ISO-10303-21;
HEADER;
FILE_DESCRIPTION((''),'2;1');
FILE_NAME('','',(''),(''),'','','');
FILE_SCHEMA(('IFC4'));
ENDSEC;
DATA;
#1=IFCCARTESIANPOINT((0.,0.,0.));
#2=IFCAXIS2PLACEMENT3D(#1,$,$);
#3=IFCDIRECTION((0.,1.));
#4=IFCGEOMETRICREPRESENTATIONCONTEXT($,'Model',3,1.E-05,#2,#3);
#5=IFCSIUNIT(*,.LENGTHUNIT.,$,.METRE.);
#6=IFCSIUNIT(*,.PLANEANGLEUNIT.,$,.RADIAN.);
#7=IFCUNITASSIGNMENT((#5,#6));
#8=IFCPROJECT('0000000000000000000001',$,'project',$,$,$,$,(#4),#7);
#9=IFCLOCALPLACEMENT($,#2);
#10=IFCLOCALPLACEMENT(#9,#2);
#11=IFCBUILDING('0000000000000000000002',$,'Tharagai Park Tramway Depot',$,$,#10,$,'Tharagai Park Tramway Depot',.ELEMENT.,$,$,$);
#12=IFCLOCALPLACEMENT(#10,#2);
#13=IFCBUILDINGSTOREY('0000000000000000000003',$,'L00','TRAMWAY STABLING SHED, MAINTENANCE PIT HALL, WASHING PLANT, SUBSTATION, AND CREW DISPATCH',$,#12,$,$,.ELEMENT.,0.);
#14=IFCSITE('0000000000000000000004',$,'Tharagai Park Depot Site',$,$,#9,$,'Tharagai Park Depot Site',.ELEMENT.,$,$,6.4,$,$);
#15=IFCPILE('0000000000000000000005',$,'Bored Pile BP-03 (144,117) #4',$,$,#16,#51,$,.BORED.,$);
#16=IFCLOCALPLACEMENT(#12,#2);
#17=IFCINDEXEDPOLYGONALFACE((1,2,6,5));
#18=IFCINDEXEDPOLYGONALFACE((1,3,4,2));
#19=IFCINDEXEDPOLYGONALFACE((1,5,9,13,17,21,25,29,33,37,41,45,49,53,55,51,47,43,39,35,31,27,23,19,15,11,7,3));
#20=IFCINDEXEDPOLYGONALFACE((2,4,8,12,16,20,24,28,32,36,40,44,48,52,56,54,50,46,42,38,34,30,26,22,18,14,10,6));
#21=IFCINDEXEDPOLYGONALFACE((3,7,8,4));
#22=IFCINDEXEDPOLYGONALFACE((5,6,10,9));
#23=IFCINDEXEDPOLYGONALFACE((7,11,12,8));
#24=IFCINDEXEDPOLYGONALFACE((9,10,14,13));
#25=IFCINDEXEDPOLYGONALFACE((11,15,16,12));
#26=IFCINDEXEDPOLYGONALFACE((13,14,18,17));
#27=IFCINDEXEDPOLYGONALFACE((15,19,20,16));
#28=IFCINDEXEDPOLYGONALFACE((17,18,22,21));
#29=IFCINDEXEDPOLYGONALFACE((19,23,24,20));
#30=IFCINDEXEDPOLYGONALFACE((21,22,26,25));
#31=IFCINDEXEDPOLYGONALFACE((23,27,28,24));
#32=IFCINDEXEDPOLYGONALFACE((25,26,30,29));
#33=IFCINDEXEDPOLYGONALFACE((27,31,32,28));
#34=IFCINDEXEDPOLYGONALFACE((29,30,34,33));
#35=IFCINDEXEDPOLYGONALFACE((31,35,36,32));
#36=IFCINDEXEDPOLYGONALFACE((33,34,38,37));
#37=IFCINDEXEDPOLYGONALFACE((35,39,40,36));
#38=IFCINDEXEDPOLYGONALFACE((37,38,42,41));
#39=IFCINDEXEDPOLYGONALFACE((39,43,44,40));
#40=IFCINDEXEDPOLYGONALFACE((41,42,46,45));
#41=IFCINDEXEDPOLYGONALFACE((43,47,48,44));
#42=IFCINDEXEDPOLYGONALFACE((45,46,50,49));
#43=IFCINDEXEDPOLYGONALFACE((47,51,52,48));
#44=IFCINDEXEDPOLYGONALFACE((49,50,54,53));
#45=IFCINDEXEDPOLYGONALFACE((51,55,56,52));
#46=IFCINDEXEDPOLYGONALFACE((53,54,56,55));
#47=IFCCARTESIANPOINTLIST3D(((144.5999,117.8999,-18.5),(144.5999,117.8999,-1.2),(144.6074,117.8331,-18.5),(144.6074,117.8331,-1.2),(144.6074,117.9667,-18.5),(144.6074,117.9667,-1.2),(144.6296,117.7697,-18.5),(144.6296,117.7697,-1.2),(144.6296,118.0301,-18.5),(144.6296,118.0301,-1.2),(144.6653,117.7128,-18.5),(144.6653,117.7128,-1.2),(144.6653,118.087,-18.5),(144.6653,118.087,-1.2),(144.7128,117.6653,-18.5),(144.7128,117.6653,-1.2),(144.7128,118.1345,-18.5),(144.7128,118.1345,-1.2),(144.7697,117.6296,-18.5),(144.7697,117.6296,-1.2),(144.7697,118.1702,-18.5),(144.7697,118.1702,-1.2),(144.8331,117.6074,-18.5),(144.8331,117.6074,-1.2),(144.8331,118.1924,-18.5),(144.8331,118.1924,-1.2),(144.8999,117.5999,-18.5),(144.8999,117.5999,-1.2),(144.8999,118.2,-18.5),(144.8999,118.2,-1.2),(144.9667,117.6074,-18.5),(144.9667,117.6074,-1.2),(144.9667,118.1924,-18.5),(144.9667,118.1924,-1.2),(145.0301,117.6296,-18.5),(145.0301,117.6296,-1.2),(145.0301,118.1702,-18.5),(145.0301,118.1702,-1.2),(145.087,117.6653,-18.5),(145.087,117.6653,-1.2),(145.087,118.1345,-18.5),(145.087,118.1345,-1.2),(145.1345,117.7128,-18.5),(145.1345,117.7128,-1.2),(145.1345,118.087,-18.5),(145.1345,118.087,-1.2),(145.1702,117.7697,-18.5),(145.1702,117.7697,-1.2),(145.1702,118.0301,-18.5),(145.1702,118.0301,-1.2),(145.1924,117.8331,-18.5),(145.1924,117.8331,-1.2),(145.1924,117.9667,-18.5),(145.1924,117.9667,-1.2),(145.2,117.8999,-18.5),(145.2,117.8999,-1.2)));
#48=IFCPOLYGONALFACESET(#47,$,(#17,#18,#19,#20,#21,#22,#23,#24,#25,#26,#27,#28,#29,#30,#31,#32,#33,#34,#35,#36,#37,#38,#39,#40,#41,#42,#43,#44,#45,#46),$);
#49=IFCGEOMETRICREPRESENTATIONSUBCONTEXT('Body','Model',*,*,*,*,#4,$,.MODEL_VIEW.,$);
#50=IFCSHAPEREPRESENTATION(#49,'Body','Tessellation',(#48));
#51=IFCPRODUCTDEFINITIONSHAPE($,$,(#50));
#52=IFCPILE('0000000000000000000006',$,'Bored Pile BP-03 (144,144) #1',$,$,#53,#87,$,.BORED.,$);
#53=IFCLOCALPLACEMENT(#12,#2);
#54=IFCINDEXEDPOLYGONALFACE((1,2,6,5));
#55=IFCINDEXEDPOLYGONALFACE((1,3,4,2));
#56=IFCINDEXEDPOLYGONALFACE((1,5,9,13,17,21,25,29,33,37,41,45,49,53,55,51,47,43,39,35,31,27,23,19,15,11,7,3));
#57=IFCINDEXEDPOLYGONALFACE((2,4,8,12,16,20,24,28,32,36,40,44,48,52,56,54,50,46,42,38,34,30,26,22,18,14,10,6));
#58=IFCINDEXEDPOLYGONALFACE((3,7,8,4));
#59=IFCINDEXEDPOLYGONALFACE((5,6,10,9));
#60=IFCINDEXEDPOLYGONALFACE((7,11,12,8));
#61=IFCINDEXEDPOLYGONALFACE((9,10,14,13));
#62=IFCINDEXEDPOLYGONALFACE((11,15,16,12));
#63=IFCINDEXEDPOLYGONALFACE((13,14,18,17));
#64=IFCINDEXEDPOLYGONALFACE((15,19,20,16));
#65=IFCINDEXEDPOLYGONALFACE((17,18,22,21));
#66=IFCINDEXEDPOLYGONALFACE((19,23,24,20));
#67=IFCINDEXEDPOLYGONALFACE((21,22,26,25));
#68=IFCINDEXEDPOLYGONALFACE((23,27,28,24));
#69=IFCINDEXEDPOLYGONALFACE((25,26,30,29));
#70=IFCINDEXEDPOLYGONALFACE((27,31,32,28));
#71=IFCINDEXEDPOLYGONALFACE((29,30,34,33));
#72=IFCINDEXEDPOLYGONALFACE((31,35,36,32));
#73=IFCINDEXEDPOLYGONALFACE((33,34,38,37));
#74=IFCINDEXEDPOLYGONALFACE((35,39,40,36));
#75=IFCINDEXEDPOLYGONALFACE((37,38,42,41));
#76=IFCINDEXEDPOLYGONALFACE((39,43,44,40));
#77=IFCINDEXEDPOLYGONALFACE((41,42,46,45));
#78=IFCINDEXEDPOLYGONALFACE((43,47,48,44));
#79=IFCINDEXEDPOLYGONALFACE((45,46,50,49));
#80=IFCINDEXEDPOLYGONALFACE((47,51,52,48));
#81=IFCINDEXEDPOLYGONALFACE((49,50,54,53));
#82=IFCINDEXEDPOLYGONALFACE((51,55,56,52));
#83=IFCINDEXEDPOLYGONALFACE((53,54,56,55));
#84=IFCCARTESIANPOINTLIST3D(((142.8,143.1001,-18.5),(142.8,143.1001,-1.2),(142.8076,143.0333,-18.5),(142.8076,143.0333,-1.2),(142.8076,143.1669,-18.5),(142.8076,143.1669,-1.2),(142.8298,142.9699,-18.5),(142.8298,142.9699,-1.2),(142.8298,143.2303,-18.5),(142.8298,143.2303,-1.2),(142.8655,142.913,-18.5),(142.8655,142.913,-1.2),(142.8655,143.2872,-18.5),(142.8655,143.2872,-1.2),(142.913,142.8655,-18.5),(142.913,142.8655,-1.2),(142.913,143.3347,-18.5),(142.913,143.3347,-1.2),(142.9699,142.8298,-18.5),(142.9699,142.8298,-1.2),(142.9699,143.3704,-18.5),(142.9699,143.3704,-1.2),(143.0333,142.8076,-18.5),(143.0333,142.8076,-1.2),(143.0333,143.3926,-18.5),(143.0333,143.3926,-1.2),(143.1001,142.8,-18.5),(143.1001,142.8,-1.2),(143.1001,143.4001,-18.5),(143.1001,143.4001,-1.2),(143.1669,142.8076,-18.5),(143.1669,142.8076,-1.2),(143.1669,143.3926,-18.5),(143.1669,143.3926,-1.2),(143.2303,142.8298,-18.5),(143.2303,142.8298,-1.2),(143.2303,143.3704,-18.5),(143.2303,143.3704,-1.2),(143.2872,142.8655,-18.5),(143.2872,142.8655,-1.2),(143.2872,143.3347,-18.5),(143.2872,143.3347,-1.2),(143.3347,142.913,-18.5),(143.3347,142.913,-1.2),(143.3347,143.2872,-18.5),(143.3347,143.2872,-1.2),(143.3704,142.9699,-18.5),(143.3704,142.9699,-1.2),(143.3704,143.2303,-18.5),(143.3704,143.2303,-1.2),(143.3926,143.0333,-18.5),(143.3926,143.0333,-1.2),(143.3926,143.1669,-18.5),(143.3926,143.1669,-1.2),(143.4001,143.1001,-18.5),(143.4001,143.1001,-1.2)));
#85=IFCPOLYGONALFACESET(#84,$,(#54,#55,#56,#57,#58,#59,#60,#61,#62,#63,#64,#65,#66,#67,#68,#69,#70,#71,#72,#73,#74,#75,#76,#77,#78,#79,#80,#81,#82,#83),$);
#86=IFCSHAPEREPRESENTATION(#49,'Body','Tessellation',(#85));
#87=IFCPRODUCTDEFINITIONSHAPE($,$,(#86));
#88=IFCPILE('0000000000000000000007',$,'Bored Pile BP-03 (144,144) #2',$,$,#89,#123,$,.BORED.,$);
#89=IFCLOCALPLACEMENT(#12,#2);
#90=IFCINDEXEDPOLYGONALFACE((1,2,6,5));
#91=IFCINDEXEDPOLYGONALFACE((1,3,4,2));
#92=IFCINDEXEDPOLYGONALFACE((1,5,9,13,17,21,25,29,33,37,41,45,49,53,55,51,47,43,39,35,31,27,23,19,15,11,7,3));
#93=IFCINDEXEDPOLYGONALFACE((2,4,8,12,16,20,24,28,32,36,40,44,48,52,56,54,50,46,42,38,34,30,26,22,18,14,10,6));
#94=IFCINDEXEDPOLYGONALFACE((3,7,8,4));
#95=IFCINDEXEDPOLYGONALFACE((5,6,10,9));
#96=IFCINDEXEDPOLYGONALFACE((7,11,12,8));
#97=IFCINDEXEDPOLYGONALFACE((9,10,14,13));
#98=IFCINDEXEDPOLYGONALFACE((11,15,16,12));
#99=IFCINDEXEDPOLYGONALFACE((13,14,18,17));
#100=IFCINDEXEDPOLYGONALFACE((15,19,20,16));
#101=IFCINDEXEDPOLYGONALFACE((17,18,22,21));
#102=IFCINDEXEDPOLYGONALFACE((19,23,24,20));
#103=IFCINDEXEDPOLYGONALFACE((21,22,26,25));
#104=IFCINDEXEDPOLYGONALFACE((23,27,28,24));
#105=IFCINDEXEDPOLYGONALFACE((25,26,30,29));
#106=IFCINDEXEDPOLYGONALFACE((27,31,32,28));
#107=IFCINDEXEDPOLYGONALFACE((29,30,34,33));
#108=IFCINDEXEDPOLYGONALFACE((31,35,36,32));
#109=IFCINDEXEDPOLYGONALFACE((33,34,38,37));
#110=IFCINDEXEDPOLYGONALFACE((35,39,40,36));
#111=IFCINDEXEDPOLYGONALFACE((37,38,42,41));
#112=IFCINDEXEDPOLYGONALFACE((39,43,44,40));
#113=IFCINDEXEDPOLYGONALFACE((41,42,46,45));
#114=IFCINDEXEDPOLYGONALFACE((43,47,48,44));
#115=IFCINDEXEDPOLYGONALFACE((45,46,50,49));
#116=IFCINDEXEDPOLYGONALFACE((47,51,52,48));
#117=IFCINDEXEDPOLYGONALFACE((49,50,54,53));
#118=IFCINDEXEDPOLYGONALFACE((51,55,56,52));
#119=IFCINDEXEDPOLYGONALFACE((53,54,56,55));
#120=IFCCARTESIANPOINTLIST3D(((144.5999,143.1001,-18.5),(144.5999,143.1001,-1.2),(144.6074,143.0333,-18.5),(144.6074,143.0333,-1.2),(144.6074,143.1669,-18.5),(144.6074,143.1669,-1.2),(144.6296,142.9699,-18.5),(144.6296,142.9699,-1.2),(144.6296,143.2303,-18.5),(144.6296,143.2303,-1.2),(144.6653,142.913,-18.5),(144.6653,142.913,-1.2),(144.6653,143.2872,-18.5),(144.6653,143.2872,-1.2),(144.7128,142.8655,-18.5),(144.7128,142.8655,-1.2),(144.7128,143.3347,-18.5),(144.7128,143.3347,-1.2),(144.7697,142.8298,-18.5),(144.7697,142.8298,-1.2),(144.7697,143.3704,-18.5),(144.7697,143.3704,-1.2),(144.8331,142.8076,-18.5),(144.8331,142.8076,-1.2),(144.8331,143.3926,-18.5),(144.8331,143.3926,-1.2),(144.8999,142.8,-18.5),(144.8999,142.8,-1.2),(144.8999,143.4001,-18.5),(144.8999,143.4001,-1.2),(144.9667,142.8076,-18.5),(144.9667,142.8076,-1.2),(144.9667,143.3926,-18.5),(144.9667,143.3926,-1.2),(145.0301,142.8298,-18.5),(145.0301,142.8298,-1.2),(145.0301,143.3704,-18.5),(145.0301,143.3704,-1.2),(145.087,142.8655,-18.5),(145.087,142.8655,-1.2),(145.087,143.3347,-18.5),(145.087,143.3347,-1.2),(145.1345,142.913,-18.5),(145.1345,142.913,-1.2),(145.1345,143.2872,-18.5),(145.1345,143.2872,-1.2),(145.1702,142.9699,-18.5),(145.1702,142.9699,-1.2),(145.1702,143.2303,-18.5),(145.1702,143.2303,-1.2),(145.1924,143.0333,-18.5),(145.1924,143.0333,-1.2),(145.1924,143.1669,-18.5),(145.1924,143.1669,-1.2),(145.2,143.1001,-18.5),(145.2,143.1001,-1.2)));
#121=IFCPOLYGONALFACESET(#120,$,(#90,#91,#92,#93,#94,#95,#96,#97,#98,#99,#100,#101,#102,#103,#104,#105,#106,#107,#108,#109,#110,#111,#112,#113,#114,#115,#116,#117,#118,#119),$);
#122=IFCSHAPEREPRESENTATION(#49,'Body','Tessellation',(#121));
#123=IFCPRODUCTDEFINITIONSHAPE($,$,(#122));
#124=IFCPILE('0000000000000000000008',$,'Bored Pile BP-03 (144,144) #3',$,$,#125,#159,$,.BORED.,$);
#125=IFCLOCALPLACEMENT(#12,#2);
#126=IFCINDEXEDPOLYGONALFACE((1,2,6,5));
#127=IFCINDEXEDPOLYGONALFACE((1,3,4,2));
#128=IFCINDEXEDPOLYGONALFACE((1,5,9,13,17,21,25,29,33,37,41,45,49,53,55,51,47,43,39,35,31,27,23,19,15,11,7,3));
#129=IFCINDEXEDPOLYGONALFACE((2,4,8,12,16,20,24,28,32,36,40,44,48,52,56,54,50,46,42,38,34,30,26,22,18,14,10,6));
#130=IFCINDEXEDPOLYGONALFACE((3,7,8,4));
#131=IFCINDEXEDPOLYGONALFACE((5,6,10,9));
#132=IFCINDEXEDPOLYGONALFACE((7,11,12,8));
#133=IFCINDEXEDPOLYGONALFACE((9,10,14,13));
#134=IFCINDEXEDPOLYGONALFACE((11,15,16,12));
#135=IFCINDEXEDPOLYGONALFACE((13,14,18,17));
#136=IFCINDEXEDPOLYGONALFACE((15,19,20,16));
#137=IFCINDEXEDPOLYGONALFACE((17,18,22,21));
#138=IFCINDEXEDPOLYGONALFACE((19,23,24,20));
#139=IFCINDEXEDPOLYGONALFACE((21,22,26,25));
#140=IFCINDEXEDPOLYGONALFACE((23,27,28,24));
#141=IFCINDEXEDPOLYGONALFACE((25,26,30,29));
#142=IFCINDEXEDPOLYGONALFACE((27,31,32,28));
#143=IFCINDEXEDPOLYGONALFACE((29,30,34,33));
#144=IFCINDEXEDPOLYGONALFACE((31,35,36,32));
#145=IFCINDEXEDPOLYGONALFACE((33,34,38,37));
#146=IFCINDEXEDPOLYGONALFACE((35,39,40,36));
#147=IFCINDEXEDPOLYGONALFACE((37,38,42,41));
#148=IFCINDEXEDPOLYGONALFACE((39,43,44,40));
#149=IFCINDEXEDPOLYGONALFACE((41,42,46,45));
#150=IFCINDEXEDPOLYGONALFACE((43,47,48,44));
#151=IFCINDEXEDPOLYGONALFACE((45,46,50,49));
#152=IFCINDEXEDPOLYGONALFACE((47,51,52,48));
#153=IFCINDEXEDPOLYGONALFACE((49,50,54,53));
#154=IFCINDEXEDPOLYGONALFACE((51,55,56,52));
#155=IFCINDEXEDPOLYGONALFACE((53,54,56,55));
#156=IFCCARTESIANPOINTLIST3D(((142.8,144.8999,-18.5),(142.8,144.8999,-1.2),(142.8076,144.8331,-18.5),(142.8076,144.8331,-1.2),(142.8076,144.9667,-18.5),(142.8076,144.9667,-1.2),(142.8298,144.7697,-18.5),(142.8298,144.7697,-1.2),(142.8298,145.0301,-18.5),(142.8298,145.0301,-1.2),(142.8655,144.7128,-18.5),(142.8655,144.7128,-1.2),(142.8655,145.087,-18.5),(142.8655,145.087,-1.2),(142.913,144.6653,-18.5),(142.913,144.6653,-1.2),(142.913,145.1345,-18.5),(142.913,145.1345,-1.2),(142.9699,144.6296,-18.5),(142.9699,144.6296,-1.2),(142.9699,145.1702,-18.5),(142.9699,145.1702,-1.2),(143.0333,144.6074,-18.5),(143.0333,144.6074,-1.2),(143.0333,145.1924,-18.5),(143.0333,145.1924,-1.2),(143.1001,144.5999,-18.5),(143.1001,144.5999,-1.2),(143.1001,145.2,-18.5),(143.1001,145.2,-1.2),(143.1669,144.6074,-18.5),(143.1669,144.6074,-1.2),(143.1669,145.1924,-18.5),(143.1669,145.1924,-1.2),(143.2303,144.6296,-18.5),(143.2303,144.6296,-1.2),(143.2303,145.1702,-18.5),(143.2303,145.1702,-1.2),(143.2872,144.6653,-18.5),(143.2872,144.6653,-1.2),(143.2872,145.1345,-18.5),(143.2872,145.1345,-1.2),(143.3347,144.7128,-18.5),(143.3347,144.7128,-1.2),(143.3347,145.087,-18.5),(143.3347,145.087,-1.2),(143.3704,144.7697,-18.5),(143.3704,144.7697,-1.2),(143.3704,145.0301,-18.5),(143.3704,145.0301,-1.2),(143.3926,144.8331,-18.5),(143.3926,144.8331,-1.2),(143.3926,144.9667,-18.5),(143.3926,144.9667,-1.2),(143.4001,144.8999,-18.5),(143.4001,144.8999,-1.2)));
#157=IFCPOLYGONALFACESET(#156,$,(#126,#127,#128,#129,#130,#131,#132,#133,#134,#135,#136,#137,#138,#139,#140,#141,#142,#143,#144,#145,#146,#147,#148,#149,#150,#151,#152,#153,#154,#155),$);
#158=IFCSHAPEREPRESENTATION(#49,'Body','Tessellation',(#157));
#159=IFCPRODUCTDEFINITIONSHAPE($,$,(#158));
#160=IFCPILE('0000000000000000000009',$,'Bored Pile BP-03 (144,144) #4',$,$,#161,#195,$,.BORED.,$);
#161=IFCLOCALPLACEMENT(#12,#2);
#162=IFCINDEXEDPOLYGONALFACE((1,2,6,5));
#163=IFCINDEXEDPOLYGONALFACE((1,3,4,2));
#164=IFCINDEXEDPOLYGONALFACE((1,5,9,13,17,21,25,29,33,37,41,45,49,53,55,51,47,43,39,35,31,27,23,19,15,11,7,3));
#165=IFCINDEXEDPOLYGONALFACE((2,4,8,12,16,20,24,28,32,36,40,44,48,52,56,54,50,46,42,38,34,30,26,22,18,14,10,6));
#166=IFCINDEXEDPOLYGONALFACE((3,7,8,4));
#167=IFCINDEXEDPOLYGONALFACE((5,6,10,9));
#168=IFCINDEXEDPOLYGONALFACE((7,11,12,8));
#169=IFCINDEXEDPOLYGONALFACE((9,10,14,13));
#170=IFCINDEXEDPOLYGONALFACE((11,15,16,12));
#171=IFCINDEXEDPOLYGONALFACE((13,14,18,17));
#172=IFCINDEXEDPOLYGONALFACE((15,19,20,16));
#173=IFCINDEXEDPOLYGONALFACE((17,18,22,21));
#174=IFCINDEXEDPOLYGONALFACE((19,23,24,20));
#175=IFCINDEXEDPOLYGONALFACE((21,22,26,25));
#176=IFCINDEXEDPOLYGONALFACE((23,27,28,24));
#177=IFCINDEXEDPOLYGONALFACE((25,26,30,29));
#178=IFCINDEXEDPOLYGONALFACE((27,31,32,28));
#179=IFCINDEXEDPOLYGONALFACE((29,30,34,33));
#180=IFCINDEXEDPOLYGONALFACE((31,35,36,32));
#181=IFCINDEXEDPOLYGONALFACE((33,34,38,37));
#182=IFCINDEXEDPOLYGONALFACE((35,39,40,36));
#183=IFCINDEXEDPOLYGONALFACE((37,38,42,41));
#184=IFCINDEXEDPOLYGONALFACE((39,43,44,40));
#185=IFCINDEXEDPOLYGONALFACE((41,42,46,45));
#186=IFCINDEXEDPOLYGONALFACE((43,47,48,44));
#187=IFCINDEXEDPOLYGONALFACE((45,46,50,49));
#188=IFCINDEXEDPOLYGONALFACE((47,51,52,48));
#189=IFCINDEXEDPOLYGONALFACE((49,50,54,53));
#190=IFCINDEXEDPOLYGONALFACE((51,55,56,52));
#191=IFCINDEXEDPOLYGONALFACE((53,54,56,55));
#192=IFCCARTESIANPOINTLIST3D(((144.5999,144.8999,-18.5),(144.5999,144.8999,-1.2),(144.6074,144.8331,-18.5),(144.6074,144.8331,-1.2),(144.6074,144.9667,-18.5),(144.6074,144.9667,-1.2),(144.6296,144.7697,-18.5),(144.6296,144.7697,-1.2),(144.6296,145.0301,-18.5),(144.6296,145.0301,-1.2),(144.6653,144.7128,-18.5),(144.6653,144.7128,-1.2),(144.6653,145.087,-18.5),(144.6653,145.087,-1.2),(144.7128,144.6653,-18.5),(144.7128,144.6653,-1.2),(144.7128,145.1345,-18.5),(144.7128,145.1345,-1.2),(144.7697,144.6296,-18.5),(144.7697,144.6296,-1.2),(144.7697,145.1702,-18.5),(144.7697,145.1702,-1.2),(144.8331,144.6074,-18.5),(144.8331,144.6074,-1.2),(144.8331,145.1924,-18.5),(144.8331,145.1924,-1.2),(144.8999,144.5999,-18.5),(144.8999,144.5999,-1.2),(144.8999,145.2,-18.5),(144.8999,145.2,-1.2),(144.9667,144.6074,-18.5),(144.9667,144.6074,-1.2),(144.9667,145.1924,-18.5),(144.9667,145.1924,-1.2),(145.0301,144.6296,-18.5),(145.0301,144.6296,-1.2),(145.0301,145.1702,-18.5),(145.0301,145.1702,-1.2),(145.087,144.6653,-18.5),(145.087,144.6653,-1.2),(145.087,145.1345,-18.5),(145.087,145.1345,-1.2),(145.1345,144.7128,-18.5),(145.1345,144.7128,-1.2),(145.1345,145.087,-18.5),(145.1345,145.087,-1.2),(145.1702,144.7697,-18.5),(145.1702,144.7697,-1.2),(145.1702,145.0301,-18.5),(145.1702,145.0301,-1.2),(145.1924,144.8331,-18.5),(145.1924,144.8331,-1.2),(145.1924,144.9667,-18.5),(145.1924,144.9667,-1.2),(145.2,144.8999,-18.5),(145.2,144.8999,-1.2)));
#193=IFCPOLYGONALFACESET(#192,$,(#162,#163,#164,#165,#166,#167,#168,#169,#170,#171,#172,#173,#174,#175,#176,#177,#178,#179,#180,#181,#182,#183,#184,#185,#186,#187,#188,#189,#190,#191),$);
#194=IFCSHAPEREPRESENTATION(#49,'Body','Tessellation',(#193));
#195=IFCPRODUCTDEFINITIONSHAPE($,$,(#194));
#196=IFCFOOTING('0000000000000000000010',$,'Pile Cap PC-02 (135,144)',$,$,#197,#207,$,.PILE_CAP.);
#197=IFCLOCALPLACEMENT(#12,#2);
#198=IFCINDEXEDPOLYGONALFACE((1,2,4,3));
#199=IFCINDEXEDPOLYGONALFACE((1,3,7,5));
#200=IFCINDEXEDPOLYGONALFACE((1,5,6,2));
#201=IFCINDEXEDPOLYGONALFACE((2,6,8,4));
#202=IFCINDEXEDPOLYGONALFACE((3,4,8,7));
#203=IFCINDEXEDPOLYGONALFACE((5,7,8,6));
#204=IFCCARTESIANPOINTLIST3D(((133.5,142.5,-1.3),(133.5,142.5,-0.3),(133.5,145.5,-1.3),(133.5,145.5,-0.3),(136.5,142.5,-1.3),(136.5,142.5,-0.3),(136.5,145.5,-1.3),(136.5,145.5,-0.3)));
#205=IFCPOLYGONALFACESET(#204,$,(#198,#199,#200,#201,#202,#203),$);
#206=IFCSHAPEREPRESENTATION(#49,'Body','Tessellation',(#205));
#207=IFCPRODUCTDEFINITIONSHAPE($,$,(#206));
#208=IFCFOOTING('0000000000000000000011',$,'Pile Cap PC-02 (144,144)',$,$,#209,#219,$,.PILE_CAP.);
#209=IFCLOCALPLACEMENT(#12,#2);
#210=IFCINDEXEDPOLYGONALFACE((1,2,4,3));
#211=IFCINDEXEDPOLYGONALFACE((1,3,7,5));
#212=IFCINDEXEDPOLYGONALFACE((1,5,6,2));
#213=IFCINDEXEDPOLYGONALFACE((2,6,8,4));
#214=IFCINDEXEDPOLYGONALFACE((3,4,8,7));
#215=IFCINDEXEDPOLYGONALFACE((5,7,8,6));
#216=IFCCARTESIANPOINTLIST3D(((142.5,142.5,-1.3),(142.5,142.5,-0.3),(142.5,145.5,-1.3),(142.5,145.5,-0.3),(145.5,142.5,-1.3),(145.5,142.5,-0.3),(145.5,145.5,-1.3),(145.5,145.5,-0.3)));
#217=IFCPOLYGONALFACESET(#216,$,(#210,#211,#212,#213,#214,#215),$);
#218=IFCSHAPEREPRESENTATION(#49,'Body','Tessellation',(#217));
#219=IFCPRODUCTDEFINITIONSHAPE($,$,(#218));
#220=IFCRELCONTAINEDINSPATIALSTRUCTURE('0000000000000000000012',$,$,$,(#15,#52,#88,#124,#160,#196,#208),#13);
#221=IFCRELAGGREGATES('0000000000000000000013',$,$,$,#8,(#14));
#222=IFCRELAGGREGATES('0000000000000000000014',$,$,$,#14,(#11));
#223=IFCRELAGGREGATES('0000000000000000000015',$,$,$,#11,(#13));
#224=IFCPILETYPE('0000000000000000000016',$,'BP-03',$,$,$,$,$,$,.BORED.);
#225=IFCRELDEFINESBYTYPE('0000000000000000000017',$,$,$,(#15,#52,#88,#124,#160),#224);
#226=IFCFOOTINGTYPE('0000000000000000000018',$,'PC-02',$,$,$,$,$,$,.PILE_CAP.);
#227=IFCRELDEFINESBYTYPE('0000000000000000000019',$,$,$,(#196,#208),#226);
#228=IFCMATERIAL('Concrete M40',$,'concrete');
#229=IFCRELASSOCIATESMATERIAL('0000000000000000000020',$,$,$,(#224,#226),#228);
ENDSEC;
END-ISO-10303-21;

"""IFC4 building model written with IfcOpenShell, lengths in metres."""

from ifc_helpers import new_model, si_unit, direction, frame, origin, origin_2d, place, context, subcontext, project, spatial, rectangle, circle, extrude, material, material_profile, profile_set, type_object, element, save


model = new_model("IFC4")

# Units and contexts
model_context = context("Model", 3, precision=1e-05, world=origin(), true_north=direction((0.0, 1.0)))
body_context = subcontext(model_context, "Body", "Model", "MODEL_VIEW")
ifc_project = project(units=[si_unit("LENGTHUNIT", "METRE"), si_unit("PLANEANGLEUNIT", "RADIAN")], contexts=[model_context])

# Site, building, storey
site_placement = place(None, origin())
site = spatial("IfcSite", under=ifc_project, at=site_placement, Name="Tharagai Park Depot Site", LongName="Tharagai Park Depot Site", CompositionType="ELEMENT", RefElevation=6.4)
building_placement = place(site_placement, origin())
building = spatial("IfcBuilding", under=site, at=building_placement, Name="Tharagai Park Tramway Depot", LongName="Tharagai Park Tramway Depot", CompositionType="ELEMENT")
storey_placement = place(building_placement, origin())
storey = spatial("IfcBuildingStorey", under=building, at=storey_placement, Name="L00", Description="TRAMWAY STABLING SHED, MAINTENANCE PIT HALL, WASHING PLANT, SUBSTATION, AND CREW DISPATCH", CompositionType="ELEMENT", Elevation=0.0)

# Piles
ifc_material_1 = material(Name="Concrete M40", Category="concrete")
ifc_material_profile_1 = material_profile(ifc_material_1, circle(Radius=0.3, at=origin_2d()), Name="PILE D600")
ifc_profile_set_1 = profile_set([ifc_material_profile_1], Name="Concrete M40")
pile_type = type_object("IfcPileType", Name="BP-03", PredefinedType="BORED", material=ifc_profile_set_1)
for number, where, z_axis, x_axis, name in (
    (1, (144.8999, 117.8999, -1.2), (0.0, 0.0, -1.0), (1.0, 0.0, 0.0), "Bored Pile BP-03 (144,117) #4"),
    (2, (143.1001, 143.1001, -1.2), (0.0, 0.0, -1.0), (1.0, 0.0, 0.0), "Bored Pile BP-03 (144,144) #1"),
    (3, (144.8999, 143.1001, -1.2), (0.0, 0.0, -1.0), (1.0, 0.0, 0.0), "Bored Pile BP-03 (144,144) #2"),
    (4, (143.1001, 144.8999, -1.2), (0.0, 0.0, -1.0), (1.0, 0.0, 0.0), "Bored Pile BP-03 (144,144) #3"),
    (5, (144.8999, 144.8999, -1.2), (0.0, 0.0, -1.0), (1.0, 0.0, 0.0), "Bored Pile BP-03 (144,144) #4"),
):
    element("IfcPile", number, at=place(storey_placement, frame(where, z_axis=z_axis, x_axis=x_axis)), inside=storey, type_object=pile_type, Name=name, PredefinedType="BORED", context=body_context, shape_type="SweptSolid", body=[
        extrude(circle(Radius=0.3, at=origin_2d()), origin(), (0.0, 0.0, 1.0), 17.3),
    ])

# Footings
footing_type = type_object("IfcFootingType", Name="PC-02", PredefinedType="PILE_CAP", material=ifc_material_1)
for number, where, z_axis, x_axis, name in (
    (6, (135.0, 144.0, -1.3), (0.0, 0.0, 1.0), (1.0, 0.0, 0.0), "Pile Cap PC-02 (135,144)"),
    (7, (144.0, 144.0, -1.3), (0.0, 0.0, 1.0), (1.0, 0.0, 0.0), "Pile Cap PC-02 (144,144)"),
):
    element("IfcFooting", number, at=place(storey_placement, frame(where, z_axis=z_axis, x_axis=x_axis)), inside=storey, type_object=footing_type, Name=name, PredefinedType="PILE_CAP", context=body_context, shape_type="SweptSolid", body=[
        extrude(rectangle(XDim=3.0, YDim=3.0, at=origin_2d()), origin(), (0.0, 0.0, 1.0), 1.0),
    ])

save(model, "model.ifc")
